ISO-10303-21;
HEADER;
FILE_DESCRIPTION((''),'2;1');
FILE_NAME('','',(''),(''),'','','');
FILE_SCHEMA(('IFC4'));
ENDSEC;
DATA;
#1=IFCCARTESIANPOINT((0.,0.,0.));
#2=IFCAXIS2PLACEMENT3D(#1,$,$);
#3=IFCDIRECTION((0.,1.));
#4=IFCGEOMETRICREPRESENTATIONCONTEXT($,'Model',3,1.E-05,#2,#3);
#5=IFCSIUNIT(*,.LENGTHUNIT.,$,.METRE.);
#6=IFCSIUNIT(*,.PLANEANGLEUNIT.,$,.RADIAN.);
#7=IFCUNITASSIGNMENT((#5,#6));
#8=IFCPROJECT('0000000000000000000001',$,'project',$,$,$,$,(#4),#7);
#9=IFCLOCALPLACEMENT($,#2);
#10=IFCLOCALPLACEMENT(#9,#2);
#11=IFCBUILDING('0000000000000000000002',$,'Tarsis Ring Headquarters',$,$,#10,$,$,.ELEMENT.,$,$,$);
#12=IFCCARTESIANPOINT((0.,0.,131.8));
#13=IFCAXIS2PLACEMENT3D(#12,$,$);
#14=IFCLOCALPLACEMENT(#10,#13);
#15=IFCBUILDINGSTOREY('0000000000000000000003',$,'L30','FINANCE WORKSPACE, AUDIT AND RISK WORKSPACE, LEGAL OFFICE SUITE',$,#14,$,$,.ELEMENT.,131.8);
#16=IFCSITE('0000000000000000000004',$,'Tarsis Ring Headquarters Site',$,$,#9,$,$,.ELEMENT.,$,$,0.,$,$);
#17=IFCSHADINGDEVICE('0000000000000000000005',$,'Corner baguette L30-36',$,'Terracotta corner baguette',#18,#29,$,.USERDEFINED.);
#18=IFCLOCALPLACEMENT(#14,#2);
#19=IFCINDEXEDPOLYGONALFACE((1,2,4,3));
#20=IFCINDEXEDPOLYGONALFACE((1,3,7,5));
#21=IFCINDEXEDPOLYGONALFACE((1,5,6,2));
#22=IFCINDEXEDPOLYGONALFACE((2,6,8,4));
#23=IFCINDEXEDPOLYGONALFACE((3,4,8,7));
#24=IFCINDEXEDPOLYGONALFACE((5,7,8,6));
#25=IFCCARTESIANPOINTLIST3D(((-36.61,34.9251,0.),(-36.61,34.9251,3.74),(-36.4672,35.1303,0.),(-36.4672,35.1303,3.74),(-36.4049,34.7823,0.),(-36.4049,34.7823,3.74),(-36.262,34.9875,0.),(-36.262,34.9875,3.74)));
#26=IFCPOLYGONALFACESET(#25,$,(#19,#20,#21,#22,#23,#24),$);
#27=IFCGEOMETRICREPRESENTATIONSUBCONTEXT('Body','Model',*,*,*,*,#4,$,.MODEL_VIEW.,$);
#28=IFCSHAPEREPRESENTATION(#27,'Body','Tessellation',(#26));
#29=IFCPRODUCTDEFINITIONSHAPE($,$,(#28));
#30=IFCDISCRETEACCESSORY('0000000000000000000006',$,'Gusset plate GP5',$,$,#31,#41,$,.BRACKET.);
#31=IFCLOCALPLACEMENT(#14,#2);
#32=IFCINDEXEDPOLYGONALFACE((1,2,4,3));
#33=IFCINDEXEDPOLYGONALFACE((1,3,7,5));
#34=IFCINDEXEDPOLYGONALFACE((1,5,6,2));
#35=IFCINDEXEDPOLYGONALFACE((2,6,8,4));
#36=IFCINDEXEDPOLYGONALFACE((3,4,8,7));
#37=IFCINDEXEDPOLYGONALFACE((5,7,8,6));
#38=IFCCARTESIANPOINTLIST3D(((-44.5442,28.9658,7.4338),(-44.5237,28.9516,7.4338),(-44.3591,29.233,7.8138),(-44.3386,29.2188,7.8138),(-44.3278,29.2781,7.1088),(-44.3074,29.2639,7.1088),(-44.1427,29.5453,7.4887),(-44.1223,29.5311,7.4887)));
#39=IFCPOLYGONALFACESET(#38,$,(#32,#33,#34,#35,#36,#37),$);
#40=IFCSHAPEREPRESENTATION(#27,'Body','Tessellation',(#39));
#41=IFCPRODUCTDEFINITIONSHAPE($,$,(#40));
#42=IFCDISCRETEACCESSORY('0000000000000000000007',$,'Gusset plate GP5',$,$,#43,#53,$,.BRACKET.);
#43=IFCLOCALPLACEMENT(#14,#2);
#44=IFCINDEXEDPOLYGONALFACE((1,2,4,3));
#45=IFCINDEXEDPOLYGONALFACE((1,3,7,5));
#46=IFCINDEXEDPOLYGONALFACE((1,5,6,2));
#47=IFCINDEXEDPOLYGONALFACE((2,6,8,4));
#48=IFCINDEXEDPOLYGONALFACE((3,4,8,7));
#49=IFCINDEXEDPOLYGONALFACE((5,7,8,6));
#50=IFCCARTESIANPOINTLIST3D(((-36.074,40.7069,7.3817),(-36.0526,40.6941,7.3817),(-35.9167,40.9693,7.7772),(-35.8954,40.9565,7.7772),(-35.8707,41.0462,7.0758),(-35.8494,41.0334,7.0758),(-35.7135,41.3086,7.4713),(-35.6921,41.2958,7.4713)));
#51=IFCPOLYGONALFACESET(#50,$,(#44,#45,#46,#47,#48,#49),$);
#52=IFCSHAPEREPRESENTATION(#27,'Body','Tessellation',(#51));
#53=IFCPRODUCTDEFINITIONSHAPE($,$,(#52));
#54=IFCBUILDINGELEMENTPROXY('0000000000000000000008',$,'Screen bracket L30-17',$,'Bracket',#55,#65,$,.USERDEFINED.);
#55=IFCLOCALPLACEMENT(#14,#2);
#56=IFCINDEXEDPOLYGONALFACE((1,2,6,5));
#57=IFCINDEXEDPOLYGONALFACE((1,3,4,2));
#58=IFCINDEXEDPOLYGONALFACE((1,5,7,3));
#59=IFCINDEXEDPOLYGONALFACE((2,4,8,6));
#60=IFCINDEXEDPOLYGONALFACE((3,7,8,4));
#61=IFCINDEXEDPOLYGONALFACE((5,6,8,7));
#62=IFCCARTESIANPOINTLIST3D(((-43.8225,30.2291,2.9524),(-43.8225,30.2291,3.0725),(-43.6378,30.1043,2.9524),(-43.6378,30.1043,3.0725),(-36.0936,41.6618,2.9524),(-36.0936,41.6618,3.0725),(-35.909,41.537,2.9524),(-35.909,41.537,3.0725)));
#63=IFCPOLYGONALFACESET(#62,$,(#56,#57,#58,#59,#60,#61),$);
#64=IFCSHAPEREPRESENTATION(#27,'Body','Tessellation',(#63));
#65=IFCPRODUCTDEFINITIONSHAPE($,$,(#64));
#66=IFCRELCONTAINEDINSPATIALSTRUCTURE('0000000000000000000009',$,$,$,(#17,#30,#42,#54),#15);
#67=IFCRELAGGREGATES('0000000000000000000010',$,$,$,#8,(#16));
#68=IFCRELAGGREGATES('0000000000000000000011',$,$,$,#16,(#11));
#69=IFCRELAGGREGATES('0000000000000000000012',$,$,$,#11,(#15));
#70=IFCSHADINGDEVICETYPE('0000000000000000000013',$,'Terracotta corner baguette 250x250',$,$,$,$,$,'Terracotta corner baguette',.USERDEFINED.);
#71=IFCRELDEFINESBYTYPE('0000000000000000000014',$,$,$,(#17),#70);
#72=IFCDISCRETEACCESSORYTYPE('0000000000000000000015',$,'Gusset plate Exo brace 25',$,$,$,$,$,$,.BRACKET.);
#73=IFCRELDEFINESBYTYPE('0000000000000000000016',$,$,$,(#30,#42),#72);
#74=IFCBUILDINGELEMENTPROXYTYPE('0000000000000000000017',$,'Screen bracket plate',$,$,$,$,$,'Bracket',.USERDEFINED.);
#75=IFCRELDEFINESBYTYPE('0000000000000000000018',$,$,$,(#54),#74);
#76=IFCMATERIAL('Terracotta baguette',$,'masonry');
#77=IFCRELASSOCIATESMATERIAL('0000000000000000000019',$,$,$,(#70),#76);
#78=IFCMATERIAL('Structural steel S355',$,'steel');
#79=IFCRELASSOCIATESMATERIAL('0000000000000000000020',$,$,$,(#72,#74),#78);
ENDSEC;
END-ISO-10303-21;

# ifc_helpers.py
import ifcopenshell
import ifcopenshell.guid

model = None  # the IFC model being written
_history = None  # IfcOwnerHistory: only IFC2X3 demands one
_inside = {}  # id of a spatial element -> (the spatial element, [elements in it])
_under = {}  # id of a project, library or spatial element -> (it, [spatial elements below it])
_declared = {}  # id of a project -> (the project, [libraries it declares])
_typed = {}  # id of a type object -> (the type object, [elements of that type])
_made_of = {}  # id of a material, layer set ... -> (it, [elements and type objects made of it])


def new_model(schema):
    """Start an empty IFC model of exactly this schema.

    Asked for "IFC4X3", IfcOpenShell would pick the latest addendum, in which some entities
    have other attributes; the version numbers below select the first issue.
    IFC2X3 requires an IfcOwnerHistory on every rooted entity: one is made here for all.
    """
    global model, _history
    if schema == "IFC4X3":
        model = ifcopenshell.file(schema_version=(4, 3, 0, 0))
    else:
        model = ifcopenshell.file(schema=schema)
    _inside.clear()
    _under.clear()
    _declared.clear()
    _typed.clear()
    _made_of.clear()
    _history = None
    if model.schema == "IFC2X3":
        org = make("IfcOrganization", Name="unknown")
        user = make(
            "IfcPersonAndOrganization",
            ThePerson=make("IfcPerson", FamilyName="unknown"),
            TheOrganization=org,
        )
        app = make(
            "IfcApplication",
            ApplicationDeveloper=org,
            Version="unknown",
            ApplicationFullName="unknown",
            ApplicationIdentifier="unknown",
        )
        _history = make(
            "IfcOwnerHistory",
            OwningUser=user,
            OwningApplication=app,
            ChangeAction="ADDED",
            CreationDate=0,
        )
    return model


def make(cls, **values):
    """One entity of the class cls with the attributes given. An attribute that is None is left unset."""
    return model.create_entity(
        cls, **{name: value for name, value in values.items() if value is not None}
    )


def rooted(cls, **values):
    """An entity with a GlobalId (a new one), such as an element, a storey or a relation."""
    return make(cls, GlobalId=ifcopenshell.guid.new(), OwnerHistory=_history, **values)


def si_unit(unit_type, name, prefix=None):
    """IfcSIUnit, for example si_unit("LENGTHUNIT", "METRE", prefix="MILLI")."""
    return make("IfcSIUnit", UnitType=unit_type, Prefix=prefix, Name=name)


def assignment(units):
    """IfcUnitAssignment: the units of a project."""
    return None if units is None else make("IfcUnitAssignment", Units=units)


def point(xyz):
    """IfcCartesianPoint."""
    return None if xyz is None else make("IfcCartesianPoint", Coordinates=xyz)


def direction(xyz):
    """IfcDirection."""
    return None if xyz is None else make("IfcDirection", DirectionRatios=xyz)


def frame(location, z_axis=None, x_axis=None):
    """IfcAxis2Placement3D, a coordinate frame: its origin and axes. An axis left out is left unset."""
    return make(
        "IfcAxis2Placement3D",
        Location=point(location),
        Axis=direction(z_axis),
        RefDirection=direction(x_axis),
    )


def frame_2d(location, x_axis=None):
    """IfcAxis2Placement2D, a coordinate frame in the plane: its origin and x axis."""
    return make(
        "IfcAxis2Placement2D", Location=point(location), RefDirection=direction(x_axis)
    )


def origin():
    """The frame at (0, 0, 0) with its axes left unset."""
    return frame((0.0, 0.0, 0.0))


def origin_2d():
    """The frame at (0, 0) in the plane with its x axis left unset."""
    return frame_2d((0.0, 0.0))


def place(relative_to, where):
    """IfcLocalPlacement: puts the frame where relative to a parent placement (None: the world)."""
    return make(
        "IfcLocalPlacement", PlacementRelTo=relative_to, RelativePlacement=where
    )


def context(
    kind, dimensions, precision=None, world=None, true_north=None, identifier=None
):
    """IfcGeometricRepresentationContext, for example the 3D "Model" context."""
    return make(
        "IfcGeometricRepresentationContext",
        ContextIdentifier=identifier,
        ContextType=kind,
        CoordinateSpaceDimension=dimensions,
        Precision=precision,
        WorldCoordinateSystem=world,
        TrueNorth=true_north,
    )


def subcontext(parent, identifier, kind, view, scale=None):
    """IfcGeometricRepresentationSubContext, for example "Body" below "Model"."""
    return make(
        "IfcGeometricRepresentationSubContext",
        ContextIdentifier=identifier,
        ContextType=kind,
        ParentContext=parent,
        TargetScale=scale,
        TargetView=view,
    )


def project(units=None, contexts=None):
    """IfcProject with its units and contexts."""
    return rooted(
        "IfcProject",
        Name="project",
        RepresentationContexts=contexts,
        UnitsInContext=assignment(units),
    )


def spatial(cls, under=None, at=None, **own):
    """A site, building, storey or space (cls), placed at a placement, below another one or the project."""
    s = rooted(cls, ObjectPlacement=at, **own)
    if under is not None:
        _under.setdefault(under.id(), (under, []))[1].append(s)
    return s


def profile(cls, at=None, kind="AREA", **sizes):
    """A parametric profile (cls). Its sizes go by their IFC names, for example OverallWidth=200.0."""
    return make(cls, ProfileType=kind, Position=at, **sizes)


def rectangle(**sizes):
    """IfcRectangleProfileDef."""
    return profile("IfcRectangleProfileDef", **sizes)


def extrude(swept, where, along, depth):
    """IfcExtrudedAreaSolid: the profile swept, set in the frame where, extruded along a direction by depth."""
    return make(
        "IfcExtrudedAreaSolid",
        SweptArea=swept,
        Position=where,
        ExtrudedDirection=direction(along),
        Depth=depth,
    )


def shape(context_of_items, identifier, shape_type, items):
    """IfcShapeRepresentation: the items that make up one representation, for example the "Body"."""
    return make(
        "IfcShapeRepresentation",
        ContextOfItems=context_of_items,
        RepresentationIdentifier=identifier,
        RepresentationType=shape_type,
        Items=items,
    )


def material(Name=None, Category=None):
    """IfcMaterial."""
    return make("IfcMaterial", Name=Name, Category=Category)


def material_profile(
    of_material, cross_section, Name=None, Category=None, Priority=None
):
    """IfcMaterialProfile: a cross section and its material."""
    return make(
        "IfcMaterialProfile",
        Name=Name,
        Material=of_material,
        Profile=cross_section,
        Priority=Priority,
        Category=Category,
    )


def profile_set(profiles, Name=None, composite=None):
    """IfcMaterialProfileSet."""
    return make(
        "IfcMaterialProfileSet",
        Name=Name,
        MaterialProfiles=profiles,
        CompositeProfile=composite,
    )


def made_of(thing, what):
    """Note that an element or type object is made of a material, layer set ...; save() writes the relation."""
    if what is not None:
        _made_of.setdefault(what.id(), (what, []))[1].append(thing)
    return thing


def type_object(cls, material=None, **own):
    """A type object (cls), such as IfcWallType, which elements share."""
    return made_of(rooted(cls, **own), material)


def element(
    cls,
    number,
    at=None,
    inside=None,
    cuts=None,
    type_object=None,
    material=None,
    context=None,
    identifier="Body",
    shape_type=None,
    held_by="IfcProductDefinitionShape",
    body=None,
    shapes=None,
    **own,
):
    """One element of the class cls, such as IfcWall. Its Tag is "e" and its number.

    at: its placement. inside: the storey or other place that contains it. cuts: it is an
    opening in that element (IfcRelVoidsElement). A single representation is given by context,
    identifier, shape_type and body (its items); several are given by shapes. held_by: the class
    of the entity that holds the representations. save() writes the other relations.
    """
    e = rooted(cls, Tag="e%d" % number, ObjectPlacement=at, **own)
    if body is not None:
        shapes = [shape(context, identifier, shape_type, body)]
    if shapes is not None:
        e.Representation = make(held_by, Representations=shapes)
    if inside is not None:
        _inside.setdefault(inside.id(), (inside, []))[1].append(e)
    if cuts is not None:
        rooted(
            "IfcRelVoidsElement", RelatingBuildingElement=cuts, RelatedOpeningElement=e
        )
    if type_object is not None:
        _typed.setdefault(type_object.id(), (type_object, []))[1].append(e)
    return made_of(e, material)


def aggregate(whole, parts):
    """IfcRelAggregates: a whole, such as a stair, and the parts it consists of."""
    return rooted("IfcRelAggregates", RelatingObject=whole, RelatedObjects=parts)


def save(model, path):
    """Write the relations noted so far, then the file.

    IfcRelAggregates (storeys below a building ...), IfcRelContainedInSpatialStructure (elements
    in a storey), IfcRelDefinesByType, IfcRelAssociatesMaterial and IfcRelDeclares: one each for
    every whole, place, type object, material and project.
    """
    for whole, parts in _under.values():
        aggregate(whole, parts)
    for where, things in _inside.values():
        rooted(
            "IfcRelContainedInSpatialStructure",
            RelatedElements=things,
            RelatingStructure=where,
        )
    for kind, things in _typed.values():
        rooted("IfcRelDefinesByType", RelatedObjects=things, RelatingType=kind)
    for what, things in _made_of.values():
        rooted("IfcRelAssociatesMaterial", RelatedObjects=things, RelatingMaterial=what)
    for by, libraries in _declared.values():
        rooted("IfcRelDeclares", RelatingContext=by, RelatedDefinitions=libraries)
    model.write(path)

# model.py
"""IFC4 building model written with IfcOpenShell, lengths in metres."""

from ifc_helpers import new_model, si_unit, direction, frame, origin, origin_2d, place, context, subcontext, project, spatial, rectangle, extrude, material, material_profile, profile_set, type_object, element, save


model = new_model("IFC4")

# Units and contexts
model_context = context("Model", 3, precision=1e-05, world=origin(), true_north=direction((0.0, 1.0)))
body_context = subcontext(model_context, "Body", "Model", "MODEL_VIEW")
ifc_project = project(units=[si_unit("LENGTHUNIT", "METRE"), si_unit("PLANEANGLEUNIT", "RADIAN")], contexts=[model_context])

# Site, building, storey
site_placement = place(None, origin())
site = spatial("IfcSite", under=ifc_project, at=site_placement, Name="Tarsis Ring Headquarters Site", CompositionType="ELEMENT", RefElevation=0.0)
building_placement = place(site_placement, origin())
building = spatial("IfcBuilding", under=site, at=building_placement, Name="Tarsis Ring Headquarters", CompositionType="ELEMENT")
storey_placement = place(building_placement, frame((0.0, 0.0, 131.8)))
storey = spatial("IfcBuildingStorey", under=building, at=storey_placement, Name="L30", Description="FINANCE WORKSPACE, AUDIT AND RISK WORKSPACE, LEGAL OFFICE SUITE", CompositionType="ELEMENT", Elevation=131.8)

# Shared definitions
ifc_material_1 = material(Name="Structural steel S355", Category="steel")

# Shading device
ifc_material_2 = material(Name="Terracotta baguette", Category="masonry")
shading_device_type_1 = type_object("IfcShadingDeviceType", Name="Terracotta corner baguette 250x250", ElementType="Terracotta corner baguette", PredefinedType="USERDEFINED", material=ifc_material_2)
for number, where, z_axis, x_axis, name in (
    (1, (-36.436, 34.9563, 0.0), (0.0, 0.0, 1.0), (-0.820751, 0.571287, 0.0), "Corner baguette L30-36"),
):
    element("IfcShadingDevice", number, at=place(storey_placement, frame(where, z_axis=z_axis, x_axis=x_axis)), inside=storey, type_object=shading_device_type_1, Name=name, ObjectType="Terracotta corner baguette", PredefinedType="USERDEFINED", context=body_context, shape_type="SweptSolid", body=[
        extrude(rectangle(XDim=0.25, YDim=0.25, at=origin_2d()), origin(), (0.0, 0.0, 1.0), 3.74),
    ])

# Discrete accessories
ifc_material_profile_1 = material_profile(ifc_material_1, rectangle(XDim=0.0249, YDim=0.5, at=origin_2d()), Name="PL 25x500")
ifc_profile_set_1 = profile_set([ifc_material_profile_1], Name="Structural steel S355")
discrete_accessory_type = type_object("IfcDiscreteAccessoryType", Name="Gusset plate Exo brace 25", PredefinedType="BRACKET", material=ifc_profile_set_1)
for number, where, z_axis, x_axis, name in (
    (2, (-44.4414, 29.0923, 7.6238), (0.432716, 0.624654, -0.65005), (-0.82203, 0.569444, 0.0), "Gusset plate GP5"),
    (3, (-35.8044, 41.1326, 7.6243), (-0.314436, -0.524874, -0.790973), (0.857845, -0.513909, 0.0), "Gusset plate GP5"),
):
    element("IfcDiscreteAccessory", number, at=place(storey_placement, frame(where, z_axis=z_axis, x_axis=x_axis)), inside=storey, type_object=discrete_accessory_type, Name=name, PredefinedType="BRACKET", context=body_context, shape_type="SweptSolid", body=[
        extrude(rectangle(XDim=0.0249, YDim=0.5, at=origin_2d()), origin(), (0.0, 0.0, 1.0), 0.5),
    ])

# Building element proxy
building_element_proxy_type = type_object("IfcBuildingElementProxyType", Name="Screen bracket plate", ElementType="Bracket", PredefinedType="USERDEFINED", material=ifc_material_1)
proxy_placement = place(storey_placement, frame((-39.8657, 35.8831, 2.9524), z_axis=(0.0, 0.0, 1.0), x_axis=(-0.560061, -0.828452, 0.0)))
element("IfcBuildingElementProxy", 4, at=proxy_placement, inside=storey, type_object=building_element_proxy_type, Name="Screen bracket L30-17", ObjectType="Bracket", PredefinedType="USERDEFINED", context=body_context, shape_type="SweptSolid", body=[
    extrude(rectangle(XDim=13.8, YDim=0.2229, at=origin_2d()), origin(), (0.0, 0.0, 1.0), 0.1201),
])

save(model, "model.ifc")
